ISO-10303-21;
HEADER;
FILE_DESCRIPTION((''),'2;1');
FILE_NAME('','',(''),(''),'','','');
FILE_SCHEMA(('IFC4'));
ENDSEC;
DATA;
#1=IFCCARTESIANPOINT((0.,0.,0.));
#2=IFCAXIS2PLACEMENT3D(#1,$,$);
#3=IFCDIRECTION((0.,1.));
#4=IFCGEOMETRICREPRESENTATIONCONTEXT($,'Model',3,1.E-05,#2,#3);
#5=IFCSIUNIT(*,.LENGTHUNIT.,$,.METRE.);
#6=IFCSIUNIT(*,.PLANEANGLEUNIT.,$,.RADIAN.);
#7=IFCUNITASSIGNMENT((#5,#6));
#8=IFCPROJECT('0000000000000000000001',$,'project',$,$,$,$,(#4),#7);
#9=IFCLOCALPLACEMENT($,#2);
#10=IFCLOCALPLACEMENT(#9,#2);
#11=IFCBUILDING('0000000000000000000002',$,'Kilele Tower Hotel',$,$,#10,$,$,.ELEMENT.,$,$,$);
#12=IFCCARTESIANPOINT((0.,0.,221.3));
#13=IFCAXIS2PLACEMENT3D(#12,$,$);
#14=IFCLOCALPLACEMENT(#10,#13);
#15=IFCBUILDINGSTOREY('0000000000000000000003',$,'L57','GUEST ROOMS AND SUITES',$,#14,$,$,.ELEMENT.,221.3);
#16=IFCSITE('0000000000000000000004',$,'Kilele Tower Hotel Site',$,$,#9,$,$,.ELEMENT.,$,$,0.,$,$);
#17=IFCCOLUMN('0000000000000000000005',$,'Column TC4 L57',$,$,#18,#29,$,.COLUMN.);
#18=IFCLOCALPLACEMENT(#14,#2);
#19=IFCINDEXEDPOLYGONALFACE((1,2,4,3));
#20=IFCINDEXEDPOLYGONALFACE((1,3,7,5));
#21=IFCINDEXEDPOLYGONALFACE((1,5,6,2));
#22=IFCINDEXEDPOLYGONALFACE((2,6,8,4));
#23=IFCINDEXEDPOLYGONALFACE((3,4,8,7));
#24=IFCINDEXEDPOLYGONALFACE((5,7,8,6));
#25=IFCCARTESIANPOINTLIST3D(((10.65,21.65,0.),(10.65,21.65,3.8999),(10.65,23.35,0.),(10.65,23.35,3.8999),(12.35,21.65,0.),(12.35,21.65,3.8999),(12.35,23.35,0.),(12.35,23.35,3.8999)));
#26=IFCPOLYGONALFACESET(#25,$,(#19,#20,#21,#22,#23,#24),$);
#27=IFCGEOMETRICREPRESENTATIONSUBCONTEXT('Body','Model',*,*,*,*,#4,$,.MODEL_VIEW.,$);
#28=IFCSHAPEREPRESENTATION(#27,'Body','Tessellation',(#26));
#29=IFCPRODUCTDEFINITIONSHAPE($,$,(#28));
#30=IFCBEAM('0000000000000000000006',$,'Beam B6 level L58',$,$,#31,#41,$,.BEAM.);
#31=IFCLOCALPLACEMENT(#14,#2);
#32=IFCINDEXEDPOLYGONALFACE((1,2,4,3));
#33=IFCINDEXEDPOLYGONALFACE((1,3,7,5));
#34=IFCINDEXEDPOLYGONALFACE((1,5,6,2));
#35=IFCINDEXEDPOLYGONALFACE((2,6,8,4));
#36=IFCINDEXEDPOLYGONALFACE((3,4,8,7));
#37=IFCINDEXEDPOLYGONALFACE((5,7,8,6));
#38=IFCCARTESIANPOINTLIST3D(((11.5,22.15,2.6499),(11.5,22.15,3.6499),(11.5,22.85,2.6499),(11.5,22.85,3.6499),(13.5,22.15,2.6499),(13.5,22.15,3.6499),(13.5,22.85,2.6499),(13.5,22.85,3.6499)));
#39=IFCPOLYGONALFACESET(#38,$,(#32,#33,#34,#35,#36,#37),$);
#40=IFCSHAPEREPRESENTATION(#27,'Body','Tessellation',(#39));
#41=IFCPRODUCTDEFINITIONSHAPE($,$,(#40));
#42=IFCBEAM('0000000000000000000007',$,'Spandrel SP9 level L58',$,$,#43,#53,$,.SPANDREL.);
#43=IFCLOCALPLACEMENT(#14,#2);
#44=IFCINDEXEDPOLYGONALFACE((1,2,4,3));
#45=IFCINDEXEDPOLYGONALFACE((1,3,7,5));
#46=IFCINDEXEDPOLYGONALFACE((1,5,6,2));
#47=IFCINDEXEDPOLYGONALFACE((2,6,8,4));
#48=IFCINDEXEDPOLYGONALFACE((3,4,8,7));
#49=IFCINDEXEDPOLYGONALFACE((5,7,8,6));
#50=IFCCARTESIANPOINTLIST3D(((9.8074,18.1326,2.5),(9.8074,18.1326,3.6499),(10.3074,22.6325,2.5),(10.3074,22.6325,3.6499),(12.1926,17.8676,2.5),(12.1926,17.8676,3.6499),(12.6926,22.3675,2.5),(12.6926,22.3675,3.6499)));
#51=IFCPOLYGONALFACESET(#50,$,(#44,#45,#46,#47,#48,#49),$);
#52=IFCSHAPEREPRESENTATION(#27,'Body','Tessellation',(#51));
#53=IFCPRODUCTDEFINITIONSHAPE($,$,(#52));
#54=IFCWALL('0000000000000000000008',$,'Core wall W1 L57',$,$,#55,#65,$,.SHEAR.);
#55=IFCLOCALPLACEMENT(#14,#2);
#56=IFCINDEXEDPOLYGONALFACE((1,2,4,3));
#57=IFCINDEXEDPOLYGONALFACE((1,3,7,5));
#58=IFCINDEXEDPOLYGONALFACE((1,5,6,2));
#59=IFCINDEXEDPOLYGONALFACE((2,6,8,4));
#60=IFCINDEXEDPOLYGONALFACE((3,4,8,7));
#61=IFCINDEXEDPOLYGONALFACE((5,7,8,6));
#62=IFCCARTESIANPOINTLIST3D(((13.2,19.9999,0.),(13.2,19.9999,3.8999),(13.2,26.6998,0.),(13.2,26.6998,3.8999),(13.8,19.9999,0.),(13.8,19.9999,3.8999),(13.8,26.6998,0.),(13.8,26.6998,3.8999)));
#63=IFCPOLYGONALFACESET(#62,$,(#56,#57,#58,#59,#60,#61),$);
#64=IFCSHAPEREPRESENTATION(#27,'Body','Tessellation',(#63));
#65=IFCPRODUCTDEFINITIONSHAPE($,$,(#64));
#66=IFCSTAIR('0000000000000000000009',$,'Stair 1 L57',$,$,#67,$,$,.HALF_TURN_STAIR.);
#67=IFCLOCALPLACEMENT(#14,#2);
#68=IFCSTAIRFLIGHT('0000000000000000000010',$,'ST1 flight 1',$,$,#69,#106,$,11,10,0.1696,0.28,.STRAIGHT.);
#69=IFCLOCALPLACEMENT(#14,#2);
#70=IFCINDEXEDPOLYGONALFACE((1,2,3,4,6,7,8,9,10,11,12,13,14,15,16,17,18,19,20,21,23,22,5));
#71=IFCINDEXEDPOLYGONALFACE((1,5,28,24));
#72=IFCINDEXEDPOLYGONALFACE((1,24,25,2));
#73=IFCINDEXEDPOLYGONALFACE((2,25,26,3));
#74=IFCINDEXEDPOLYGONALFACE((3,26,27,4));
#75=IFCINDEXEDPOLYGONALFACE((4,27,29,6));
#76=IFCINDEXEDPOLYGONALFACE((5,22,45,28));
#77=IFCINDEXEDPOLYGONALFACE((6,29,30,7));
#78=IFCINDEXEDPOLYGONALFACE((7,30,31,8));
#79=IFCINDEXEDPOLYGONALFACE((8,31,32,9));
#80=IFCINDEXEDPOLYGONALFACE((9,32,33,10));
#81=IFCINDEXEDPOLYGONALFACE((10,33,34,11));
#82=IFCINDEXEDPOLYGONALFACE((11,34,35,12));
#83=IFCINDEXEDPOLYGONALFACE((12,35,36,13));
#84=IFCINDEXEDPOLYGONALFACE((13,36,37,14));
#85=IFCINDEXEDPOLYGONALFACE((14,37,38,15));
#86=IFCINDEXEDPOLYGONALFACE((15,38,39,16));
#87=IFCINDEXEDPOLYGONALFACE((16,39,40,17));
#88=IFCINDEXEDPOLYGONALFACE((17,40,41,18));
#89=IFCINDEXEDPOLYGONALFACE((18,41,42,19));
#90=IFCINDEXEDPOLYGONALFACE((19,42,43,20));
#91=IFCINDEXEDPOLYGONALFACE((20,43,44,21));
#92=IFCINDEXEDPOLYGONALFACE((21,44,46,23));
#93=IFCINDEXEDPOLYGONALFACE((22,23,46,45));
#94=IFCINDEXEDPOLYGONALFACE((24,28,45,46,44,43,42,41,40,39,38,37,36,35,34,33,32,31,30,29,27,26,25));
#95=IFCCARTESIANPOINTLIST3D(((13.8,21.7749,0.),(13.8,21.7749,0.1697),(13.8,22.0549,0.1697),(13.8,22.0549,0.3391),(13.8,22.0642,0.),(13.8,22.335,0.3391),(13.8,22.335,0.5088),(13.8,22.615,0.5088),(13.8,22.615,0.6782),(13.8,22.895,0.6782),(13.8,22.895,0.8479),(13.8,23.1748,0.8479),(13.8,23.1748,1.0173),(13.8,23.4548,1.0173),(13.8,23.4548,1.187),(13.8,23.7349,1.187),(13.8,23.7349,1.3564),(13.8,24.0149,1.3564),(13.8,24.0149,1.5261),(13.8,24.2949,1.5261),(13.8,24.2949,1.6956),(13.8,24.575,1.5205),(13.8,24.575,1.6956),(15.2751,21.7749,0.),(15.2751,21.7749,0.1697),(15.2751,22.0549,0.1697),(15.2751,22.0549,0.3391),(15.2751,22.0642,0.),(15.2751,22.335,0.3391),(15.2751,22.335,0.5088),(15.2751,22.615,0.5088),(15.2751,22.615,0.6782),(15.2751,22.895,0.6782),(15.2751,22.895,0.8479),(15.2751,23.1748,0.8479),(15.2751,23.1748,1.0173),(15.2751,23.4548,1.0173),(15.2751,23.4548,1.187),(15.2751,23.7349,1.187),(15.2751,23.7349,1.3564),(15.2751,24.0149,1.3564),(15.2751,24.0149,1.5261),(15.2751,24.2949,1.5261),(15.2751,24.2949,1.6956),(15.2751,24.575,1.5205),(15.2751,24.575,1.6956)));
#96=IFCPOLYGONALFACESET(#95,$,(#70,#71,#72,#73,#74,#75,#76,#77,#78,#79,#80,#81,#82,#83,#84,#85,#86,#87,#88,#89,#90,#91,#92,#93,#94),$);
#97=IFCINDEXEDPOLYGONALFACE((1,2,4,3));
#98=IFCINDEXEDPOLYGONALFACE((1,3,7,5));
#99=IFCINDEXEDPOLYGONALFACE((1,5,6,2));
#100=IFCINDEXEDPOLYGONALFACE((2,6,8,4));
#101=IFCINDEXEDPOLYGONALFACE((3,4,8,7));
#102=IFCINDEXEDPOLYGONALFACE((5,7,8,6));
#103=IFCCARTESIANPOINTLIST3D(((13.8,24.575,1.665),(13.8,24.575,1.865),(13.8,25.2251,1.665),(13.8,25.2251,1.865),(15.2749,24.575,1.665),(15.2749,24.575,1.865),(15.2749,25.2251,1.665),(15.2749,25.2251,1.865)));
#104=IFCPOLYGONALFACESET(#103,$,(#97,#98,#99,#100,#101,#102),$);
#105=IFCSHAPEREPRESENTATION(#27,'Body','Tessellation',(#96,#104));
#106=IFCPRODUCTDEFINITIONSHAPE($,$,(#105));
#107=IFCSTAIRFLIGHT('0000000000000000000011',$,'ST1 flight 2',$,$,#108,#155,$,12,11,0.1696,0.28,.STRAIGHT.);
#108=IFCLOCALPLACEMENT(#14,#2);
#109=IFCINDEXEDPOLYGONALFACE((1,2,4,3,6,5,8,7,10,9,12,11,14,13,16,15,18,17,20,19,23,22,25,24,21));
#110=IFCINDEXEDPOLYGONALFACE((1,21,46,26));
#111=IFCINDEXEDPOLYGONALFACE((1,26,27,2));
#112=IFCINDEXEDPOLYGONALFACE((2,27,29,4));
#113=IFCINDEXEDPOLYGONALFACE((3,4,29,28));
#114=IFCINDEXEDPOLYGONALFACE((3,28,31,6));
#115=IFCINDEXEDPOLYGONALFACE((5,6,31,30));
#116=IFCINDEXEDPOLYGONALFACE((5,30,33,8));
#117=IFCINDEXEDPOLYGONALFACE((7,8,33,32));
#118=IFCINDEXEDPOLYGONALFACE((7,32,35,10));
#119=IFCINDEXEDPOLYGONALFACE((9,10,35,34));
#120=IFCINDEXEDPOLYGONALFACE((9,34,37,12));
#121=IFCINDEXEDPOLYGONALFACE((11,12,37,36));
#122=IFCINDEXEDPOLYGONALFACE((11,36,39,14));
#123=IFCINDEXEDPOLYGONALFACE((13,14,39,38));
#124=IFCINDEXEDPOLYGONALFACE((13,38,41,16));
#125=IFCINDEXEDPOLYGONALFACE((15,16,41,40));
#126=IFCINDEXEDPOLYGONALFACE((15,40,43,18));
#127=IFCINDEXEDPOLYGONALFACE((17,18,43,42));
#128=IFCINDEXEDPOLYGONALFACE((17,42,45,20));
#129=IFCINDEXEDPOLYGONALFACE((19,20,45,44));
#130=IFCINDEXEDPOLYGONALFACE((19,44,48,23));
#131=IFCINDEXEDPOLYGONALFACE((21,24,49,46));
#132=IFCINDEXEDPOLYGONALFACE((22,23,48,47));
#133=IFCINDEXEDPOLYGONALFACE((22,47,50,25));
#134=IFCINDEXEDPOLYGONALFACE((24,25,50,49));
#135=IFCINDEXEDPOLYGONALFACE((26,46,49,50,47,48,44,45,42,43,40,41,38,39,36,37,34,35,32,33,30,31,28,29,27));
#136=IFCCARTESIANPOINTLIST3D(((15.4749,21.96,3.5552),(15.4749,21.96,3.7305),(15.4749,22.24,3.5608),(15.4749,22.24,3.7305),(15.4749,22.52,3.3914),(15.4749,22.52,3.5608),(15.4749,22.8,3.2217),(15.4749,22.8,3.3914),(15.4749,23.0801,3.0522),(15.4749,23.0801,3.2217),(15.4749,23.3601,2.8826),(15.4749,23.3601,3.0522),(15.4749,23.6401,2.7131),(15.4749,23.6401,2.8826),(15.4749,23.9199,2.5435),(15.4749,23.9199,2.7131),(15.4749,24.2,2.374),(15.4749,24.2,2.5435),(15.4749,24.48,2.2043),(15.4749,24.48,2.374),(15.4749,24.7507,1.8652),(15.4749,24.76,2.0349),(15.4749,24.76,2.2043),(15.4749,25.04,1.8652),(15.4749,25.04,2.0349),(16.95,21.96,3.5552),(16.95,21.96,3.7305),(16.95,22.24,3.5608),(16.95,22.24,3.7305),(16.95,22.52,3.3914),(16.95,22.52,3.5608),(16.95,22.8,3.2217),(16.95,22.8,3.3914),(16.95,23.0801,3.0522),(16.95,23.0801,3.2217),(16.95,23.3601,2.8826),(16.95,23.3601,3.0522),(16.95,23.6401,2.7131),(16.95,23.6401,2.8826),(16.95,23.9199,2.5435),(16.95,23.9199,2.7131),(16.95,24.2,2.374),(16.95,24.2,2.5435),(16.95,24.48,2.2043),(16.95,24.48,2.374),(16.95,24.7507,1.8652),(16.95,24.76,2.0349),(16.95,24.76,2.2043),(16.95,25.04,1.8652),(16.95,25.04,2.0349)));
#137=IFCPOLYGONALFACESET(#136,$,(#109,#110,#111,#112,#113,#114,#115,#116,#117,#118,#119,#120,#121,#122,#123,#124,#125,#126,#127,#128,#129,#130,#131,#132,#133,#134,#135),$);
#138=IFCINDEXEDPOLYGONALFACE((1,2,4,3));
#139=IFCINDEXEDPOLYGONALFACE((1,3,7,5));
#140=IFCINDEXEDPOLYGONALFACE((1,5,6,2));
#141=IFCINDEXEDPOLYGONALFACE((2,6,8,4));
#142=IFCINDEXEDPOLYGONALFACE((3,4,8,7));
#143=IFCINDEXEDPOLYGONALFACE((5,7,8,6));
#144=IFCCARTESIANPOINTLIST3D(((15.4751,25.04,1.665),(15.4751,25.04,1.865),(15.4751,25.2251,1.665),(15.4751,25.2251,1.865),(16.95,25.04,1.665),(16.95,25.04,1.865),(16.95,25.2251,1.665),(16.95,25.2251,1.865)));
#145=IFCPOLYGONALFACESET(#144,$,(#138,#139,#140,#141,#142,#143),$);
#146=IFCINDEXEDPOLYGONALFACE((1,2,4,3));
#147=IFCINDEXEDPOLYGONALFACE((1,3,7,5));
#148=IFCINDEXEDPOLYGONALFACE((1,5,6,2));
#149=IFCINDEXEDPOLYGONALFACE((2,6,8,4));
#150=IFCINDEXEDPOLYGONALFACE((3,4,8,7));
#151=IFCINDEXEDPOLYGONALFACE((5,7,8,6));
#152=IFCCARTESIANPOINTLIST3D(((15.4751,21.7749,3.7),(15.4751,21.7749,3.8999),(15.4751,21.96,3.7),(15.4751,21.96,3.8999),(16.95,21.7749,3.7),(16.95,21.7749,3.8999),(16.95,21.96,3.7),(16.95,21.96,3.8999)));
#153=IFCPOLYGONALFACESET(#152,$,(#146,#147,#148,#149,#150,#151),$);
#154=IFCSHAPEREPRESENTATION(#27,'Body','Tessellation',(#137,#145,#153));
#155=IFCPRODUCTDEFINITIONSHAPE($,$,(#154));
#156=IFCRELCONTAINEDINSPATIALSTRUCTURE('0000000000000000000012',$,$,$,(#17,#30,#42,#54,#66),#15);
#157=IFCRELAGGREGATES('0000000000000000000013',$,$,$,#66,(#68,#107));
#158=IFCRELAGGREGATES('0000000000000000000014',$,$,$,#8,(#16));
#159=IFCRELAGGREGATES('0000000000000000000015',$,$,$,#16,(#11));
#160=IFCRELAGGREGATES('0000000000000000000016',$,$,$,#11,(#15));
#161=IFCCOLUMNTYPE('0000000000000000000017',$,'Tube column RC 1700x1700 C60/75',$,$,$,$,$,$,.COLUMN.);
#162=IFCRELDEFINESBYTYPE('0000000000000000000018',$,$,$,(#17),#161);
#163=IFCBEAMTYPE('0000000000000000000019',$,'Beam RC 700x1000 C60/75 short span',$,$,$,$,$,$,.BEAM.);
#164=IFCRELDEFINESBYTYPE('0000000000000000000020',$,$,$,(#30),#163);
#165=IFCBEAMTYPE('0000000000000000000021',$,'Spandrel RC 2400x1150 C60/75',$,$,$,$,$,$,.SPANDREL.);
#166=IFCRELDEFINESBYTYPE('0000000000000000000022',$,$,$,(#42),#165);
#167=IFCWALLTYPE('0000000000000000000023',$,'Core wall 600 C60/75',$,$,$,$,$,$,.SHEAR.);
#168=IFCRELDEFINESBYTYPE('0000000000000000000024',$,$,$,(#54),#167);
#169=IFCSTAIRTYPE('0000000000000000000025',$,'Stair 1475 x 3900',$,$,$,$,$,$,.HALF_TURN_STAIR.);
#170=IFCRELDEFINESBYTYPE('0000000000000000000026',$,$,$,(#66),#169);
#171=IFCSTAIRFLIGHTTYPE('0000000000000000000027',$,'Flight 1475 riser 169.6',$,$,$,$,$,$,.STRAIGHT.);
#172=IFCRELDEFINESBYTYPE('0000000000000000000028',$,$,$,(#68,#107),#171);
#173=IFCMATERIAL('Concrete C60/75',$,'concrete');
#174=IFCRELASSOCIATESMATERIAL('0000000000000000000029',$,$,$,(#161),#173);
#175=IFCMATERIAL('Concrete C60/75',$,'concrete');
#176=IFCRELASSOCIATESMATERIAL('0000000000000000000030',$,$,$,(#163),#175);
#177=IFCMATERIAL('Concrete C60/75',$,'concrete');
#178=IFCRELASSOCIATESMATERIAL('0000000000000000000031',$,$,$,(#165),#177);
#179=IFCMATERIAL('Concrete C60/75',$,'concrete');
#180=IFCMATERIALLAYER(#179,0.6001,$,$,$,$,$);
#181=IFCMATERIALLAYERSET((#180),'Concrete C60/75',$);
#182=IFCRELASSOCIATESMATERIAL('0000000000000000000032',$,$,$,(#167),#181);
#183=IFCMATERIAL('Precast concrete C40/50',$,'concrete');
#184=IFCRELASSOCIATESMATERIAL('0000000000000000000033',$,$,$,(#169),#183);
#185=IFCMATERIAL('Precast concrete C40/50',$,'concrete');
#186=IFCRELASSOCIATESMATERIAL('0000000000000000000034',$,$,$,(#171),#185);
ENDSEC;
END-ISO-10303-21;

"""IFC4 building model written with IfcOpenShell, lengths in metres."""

from ifc_helpers import new_model, si_unit, direction, frame, frame_2d, origin, origin_2d, place, context, subcontext, project, spatial, polyline, rectangle, outline, extrude, material, layer, layer_set, material_profile, profile_set, type_object, element, aggregate, save


model = new_model("IFC4")

# Units and contexts
model_context = context("Model", 3, precision=1e-05, world=origin(), true_north=direction((0.0, 1.0)))
body_context = subcontext(model_context, "Body", "Model", "MODEL_VIEW")
ifc_project = project(units=[si_unit("LENGTHUNIT", "METRE"), si_unit("PLANEANGLEUNIT", "RADIAN")], contexts=[model_context])

# Site, building, storey
site_placement = place(None, origin())
site = spatial("IfcSite", under=ifc_project, at=site_placement, Name="Kilele Tower Hotel Site", CompositionType="ELEMENT", RefElevation=0.0)
building_placement = place(site_placement, origin())
building = spatial("IfcBuilding", under=site, at=building_placement, Name="Kilele Tower Hotel", CompositionType="ELEMENT")
storey_placement = place(building_placement, frame((0.0, 0.0, 221.3)))
storey = spatial("IfcBuildingStorey", under=building, at=storey_placement, Name="L57", Description="GUEST ROOMS AND SUITES", CompositionType="ELEMENT", Elevation=221.3)

# Column
ifc_material_1 = material(Name="Concrete C60/75", Category="concrete")
ifc_material_profile_1 = material_profile(ifc_material_1, rectangle(XDim=1.7, YDim=1.7, at=origin_2d()))
ifc_profile_set_1 = profile_set([ifc_material_profile_1], Name="Concrete C60/75")
column_type = type_object("IfcColumnType", Name="Tube column RC 1700x1700 C60/75", PredefinedType="COLUMN", material=ifc_profile_set_1)
column_placement = place(storey_placement, frame((11.5, 22.5, 0.0), z_axis=(0.0, 0.0, 1.0), x_axis=(1.0, 0.0, 0.0)))
element("IfcColumn", 1, at=column_placement, inside=storey, type_object=column_type, Name="Column TC4 L57", PredefinedType="COLUMN", context=body_context, shape_type="SweptSolid", body=[
    extrude(rectangle(XDim=1.7, YDim=1.7, at=origin_2d()), origin(), (0.0, 0.0, 1.0), 3.8999),
])

# Beams
ifc_material_2 = material(Name="Concrete C60/75", Category="concrete")
ifc_material_profile_2 = material_profile(ifc_material_2, rectangle(XDim=0.7, YDim=1.0, at=origin_2d()))
ifc_profile_set_2 = profile_set([ifc_material_profile_2], Name="Concrete C60/75")
beam_type_1 = type_object("IfcBeamType", Name="Beam RC 700x1000 C60/75 short span", PredefinedType="BEAM", material=ifc_profile_set_2)
beam_1_placement = place(storey_placement, frame((11.5, 22.5, 3.1499), z_axis=(1.0, 0.0, 0.0), x_axis=(0.0, 1.0, 0.0)))
element("IfcBeam", 2, at=beam_1_placement, inside=storey, type_object=beam_type_1, Name="Beam B6 level L58", PredefinedType="BEAM", context=body_context, shape_type="SweptSolid", body=[
    extrude(rectangle(XDim=0.7, YDim=1.0, at=origin_2d()), origin(), (0.0, 0.0, 1.0), 2.0),
])
ifc_material_3 = material(Name="Concrete C60/75", Category="concrete")
ifc_material_profile_3 = material_profile(ifc_material_3, rectangle(XDim=2.3999, YDim=1.1499, at=origin_2d()))
ifc_profile_set_3 = profile_set([ifc_material_profile_3], Name="Concrete C60/75")
beam_type_2 = type_object("IfcBeamType", Name="Spandrel RC 2400x1150 C60/75", PredefinedType="SPANDREL", material=ifc_profile_set_3)
beam_2_placement = place(storey_placement, frame((11.5, 22.5, 3.075), z_axis=(-0.110432, -0.993884, 0.0), x_axis=(0.993884, -0.110432, 0.0)))
element("IfcBeam", 3, at=beam_2_placement, inside=storey, type_object=beam_type_2, Name="Spandrel SP9 level L58", PredefinedType="SPANDREL", context=body_context, shape_type="SweptSolid", body=[
    extrude(rectangle(XDim=2.3999, YDim=1.1499, at=origin_2d()), origin(), (0.0, 0.0, 1.0), 4.5276),
])

# Wall
ifc_material_4 = material(Name="Concrete C60/75", Category="concrete")
ifc_layer = layer(ifc_material_4, 0.6001)
ifc_layer_set = layer_set([ifc_layer], Name="Concrete C60/75")
wall_type = type_object("IfcWallType", Name="Core wall 600 C60/75", PredefinedType="SHEAR", material=ifc_layer_set)
wall_placement = place(storey_placement, frame((13.5, 26.7, 0.0), z_axis=(0.0, 0.0, 1.0), x_axis=(0.0, -1.0, 0.0)))
element("IfcWall", 4, at=wall_placement, inside=storey, type_object=wall_type, Name="Core wall W1 L57", PredefinedType="SHEAR", context=body_context, shape_type="SweptSolid", body=[
    extrude(rectangle(XDim=6.7, YDim=0.6001, at=frame_2d((3.3501, 0.0))), origin(), (0.0, 0.0, 1.0), 3.8999),
])

# Stair, stair flights
ifc_material_5 = material(Name="Precast concrete C40/50", Category="concrete")
stair_type = type_object("IfcStairType", Name="Stair 1475 x 3900", PredefinedType="HALF_TURN_STAIR", material=ifc_material_5)
stair_placement = place(storey_placement, origin())
stair = element("IfcStair", 5, at=stair_placement, inside=storey, type_object=stair_type, Name="Stair 1 L57", PredefinedType="HALF_TURN_STAIR")
ifc_material_6 = material(Name="Precast concrete C40/50", Category="concrete")
stair_flight_type = type_object("IfcStairFlightType", Name="Flight 1475 riser 169.6", PredefinedType="STRAIGHT", material=ifc_material_6)
stair_flight_1_placement = place(storey_placement, frame((14.5376, 21.7749, 0.0), z_axis=(0.0, 0.0, 1.0), x_axis=(0.0, 1.0, 0.0)))
stair_flight_1 = element("IfcStairFlight", 6, at=stair_flight_1_placement, type_object=stair_flight_type, Name="ST1 flight 1", NumberOfRisers=11, NumberOfTreads=10, PredefinedType="STRAIGHT", RiserHeight=0.1696, TreadLength=0.28, context=body_context, shape_type="SweptSolid", body=[
    extrude(outline(polyline([(0.0, 0.0), (0.0, 0.1697), (0.28, 0.1697), (0.28, 0.3391), (0.5601, 0.3391), (0.5601, 0.5088), (0.8401, 0.5088), (0.8401, 0.6782), (1.1201, 0.6782), (1.1201, 0.8479), (1.3999, 0.8479), (1.3999, 1.0173), (1.6799, 1.0173), (1.6799, 1.187), (1.96, 1.187), (1.96, 1.3564), (2.24, 1.3564), (2.24, 1.5261), (2.52, 1.5261), (2.52, 1.6956), (2.8, 1.6956), (2.8, 1.8652), (2.8, 1.5205), (0.2893, 0.0), (0.0, 0.0)])), frame((0.0, 0.7375, 0.0), z_axis=(0.0, -1.0, 0.0), x_axis=(1.0, 0.0, 0.0)), (0.0, 0.0, 1.0), 1.4751),
    extrude(outline(polyline([(2.8, 0.7375), (2.8, -0.7373), (3.4502, -0.7373), (3.4502, 0.7375), (2.8, 0.7375)])), frame((0.0, 0.0, 1.665)), (0.0, 0.0, 1.0), 0.2),
])
stair_flight_2_placement = place(storey_placement, frame((16.2124, 25.04, 1.8652), z_axis=(0.0, 0.0, 1.0), x_axis=(0.0, -1.0, 0.0)))
stair_flight_2 = element("IfcStairFlight", 7, at=stair_flight_2_placement, type_object=stair_flight_type, Name="ST1 flight 2", NumberOfRisers=12, NumberOfTreads=11, PredefinedType="STRAIGHT", RiserHeight=0.1696, TreadLength=0.28, context=body_context, shape_type="SweptSolid", body=[
    extrude(outline(polyline([(0.0, 0.0), (0.0, 0.1697), (0.28, 0.1697), (0.28, 0.3391), (0.5601, 0.3391), (0.5601, 0.5088), (0.8401, 0.5088), (0.8401, 0.6782), (1.1201, 0.6782), (1.1201, 0.8479), (1.3999, 0.8479), (1.3999, 1.0173), (1.6799, 1.0173), (1.6799, 1.187), (1.96, 1.187), (1.96, 1.3564), (2.24, 1.3564), (2.24, 1.5261), (2.52, 1.5261), (2.52, 1.6956), (2.8, 1.6956), (2.8, 1.8652), (3.0801, 1.8652), (3.0801, 2.0347), (3.0801, 1.6899), (0.2893, 0.0), (0.0, 0.0)])), frame((0.0, 0.7375, 0.0), z_axis=(0.0, -1.0, 0.0), x_axis=(1.0, 0.0, 0.0)), (0.0, 0.0, 1.0), 1.4751),
    extrude(outline(polyline([(0.0, -0.7373), (0.0, 0.7375), (-0.1851, 0.7375), (-0.1851, -0.7373), (0.0, -0.7373)])), frame((0.0, 0.0, -0.2002)), (0.0, 0.0, 1.0), 0.2),
    extrude(outline(polyline([(3.2651, -0.7373), (3.2651, 0.7375), (3.0801, 0.7375), (3.0801, -0.7373), (3.2651, -0.7373)])), frame((0.0, 0.0, 1.8347)), (0.0, 0.0, 1.0), 0.2),
])
aggregate(stair, [stair_flight_1, stair_flight_2])

save(model, "model.ifc")
